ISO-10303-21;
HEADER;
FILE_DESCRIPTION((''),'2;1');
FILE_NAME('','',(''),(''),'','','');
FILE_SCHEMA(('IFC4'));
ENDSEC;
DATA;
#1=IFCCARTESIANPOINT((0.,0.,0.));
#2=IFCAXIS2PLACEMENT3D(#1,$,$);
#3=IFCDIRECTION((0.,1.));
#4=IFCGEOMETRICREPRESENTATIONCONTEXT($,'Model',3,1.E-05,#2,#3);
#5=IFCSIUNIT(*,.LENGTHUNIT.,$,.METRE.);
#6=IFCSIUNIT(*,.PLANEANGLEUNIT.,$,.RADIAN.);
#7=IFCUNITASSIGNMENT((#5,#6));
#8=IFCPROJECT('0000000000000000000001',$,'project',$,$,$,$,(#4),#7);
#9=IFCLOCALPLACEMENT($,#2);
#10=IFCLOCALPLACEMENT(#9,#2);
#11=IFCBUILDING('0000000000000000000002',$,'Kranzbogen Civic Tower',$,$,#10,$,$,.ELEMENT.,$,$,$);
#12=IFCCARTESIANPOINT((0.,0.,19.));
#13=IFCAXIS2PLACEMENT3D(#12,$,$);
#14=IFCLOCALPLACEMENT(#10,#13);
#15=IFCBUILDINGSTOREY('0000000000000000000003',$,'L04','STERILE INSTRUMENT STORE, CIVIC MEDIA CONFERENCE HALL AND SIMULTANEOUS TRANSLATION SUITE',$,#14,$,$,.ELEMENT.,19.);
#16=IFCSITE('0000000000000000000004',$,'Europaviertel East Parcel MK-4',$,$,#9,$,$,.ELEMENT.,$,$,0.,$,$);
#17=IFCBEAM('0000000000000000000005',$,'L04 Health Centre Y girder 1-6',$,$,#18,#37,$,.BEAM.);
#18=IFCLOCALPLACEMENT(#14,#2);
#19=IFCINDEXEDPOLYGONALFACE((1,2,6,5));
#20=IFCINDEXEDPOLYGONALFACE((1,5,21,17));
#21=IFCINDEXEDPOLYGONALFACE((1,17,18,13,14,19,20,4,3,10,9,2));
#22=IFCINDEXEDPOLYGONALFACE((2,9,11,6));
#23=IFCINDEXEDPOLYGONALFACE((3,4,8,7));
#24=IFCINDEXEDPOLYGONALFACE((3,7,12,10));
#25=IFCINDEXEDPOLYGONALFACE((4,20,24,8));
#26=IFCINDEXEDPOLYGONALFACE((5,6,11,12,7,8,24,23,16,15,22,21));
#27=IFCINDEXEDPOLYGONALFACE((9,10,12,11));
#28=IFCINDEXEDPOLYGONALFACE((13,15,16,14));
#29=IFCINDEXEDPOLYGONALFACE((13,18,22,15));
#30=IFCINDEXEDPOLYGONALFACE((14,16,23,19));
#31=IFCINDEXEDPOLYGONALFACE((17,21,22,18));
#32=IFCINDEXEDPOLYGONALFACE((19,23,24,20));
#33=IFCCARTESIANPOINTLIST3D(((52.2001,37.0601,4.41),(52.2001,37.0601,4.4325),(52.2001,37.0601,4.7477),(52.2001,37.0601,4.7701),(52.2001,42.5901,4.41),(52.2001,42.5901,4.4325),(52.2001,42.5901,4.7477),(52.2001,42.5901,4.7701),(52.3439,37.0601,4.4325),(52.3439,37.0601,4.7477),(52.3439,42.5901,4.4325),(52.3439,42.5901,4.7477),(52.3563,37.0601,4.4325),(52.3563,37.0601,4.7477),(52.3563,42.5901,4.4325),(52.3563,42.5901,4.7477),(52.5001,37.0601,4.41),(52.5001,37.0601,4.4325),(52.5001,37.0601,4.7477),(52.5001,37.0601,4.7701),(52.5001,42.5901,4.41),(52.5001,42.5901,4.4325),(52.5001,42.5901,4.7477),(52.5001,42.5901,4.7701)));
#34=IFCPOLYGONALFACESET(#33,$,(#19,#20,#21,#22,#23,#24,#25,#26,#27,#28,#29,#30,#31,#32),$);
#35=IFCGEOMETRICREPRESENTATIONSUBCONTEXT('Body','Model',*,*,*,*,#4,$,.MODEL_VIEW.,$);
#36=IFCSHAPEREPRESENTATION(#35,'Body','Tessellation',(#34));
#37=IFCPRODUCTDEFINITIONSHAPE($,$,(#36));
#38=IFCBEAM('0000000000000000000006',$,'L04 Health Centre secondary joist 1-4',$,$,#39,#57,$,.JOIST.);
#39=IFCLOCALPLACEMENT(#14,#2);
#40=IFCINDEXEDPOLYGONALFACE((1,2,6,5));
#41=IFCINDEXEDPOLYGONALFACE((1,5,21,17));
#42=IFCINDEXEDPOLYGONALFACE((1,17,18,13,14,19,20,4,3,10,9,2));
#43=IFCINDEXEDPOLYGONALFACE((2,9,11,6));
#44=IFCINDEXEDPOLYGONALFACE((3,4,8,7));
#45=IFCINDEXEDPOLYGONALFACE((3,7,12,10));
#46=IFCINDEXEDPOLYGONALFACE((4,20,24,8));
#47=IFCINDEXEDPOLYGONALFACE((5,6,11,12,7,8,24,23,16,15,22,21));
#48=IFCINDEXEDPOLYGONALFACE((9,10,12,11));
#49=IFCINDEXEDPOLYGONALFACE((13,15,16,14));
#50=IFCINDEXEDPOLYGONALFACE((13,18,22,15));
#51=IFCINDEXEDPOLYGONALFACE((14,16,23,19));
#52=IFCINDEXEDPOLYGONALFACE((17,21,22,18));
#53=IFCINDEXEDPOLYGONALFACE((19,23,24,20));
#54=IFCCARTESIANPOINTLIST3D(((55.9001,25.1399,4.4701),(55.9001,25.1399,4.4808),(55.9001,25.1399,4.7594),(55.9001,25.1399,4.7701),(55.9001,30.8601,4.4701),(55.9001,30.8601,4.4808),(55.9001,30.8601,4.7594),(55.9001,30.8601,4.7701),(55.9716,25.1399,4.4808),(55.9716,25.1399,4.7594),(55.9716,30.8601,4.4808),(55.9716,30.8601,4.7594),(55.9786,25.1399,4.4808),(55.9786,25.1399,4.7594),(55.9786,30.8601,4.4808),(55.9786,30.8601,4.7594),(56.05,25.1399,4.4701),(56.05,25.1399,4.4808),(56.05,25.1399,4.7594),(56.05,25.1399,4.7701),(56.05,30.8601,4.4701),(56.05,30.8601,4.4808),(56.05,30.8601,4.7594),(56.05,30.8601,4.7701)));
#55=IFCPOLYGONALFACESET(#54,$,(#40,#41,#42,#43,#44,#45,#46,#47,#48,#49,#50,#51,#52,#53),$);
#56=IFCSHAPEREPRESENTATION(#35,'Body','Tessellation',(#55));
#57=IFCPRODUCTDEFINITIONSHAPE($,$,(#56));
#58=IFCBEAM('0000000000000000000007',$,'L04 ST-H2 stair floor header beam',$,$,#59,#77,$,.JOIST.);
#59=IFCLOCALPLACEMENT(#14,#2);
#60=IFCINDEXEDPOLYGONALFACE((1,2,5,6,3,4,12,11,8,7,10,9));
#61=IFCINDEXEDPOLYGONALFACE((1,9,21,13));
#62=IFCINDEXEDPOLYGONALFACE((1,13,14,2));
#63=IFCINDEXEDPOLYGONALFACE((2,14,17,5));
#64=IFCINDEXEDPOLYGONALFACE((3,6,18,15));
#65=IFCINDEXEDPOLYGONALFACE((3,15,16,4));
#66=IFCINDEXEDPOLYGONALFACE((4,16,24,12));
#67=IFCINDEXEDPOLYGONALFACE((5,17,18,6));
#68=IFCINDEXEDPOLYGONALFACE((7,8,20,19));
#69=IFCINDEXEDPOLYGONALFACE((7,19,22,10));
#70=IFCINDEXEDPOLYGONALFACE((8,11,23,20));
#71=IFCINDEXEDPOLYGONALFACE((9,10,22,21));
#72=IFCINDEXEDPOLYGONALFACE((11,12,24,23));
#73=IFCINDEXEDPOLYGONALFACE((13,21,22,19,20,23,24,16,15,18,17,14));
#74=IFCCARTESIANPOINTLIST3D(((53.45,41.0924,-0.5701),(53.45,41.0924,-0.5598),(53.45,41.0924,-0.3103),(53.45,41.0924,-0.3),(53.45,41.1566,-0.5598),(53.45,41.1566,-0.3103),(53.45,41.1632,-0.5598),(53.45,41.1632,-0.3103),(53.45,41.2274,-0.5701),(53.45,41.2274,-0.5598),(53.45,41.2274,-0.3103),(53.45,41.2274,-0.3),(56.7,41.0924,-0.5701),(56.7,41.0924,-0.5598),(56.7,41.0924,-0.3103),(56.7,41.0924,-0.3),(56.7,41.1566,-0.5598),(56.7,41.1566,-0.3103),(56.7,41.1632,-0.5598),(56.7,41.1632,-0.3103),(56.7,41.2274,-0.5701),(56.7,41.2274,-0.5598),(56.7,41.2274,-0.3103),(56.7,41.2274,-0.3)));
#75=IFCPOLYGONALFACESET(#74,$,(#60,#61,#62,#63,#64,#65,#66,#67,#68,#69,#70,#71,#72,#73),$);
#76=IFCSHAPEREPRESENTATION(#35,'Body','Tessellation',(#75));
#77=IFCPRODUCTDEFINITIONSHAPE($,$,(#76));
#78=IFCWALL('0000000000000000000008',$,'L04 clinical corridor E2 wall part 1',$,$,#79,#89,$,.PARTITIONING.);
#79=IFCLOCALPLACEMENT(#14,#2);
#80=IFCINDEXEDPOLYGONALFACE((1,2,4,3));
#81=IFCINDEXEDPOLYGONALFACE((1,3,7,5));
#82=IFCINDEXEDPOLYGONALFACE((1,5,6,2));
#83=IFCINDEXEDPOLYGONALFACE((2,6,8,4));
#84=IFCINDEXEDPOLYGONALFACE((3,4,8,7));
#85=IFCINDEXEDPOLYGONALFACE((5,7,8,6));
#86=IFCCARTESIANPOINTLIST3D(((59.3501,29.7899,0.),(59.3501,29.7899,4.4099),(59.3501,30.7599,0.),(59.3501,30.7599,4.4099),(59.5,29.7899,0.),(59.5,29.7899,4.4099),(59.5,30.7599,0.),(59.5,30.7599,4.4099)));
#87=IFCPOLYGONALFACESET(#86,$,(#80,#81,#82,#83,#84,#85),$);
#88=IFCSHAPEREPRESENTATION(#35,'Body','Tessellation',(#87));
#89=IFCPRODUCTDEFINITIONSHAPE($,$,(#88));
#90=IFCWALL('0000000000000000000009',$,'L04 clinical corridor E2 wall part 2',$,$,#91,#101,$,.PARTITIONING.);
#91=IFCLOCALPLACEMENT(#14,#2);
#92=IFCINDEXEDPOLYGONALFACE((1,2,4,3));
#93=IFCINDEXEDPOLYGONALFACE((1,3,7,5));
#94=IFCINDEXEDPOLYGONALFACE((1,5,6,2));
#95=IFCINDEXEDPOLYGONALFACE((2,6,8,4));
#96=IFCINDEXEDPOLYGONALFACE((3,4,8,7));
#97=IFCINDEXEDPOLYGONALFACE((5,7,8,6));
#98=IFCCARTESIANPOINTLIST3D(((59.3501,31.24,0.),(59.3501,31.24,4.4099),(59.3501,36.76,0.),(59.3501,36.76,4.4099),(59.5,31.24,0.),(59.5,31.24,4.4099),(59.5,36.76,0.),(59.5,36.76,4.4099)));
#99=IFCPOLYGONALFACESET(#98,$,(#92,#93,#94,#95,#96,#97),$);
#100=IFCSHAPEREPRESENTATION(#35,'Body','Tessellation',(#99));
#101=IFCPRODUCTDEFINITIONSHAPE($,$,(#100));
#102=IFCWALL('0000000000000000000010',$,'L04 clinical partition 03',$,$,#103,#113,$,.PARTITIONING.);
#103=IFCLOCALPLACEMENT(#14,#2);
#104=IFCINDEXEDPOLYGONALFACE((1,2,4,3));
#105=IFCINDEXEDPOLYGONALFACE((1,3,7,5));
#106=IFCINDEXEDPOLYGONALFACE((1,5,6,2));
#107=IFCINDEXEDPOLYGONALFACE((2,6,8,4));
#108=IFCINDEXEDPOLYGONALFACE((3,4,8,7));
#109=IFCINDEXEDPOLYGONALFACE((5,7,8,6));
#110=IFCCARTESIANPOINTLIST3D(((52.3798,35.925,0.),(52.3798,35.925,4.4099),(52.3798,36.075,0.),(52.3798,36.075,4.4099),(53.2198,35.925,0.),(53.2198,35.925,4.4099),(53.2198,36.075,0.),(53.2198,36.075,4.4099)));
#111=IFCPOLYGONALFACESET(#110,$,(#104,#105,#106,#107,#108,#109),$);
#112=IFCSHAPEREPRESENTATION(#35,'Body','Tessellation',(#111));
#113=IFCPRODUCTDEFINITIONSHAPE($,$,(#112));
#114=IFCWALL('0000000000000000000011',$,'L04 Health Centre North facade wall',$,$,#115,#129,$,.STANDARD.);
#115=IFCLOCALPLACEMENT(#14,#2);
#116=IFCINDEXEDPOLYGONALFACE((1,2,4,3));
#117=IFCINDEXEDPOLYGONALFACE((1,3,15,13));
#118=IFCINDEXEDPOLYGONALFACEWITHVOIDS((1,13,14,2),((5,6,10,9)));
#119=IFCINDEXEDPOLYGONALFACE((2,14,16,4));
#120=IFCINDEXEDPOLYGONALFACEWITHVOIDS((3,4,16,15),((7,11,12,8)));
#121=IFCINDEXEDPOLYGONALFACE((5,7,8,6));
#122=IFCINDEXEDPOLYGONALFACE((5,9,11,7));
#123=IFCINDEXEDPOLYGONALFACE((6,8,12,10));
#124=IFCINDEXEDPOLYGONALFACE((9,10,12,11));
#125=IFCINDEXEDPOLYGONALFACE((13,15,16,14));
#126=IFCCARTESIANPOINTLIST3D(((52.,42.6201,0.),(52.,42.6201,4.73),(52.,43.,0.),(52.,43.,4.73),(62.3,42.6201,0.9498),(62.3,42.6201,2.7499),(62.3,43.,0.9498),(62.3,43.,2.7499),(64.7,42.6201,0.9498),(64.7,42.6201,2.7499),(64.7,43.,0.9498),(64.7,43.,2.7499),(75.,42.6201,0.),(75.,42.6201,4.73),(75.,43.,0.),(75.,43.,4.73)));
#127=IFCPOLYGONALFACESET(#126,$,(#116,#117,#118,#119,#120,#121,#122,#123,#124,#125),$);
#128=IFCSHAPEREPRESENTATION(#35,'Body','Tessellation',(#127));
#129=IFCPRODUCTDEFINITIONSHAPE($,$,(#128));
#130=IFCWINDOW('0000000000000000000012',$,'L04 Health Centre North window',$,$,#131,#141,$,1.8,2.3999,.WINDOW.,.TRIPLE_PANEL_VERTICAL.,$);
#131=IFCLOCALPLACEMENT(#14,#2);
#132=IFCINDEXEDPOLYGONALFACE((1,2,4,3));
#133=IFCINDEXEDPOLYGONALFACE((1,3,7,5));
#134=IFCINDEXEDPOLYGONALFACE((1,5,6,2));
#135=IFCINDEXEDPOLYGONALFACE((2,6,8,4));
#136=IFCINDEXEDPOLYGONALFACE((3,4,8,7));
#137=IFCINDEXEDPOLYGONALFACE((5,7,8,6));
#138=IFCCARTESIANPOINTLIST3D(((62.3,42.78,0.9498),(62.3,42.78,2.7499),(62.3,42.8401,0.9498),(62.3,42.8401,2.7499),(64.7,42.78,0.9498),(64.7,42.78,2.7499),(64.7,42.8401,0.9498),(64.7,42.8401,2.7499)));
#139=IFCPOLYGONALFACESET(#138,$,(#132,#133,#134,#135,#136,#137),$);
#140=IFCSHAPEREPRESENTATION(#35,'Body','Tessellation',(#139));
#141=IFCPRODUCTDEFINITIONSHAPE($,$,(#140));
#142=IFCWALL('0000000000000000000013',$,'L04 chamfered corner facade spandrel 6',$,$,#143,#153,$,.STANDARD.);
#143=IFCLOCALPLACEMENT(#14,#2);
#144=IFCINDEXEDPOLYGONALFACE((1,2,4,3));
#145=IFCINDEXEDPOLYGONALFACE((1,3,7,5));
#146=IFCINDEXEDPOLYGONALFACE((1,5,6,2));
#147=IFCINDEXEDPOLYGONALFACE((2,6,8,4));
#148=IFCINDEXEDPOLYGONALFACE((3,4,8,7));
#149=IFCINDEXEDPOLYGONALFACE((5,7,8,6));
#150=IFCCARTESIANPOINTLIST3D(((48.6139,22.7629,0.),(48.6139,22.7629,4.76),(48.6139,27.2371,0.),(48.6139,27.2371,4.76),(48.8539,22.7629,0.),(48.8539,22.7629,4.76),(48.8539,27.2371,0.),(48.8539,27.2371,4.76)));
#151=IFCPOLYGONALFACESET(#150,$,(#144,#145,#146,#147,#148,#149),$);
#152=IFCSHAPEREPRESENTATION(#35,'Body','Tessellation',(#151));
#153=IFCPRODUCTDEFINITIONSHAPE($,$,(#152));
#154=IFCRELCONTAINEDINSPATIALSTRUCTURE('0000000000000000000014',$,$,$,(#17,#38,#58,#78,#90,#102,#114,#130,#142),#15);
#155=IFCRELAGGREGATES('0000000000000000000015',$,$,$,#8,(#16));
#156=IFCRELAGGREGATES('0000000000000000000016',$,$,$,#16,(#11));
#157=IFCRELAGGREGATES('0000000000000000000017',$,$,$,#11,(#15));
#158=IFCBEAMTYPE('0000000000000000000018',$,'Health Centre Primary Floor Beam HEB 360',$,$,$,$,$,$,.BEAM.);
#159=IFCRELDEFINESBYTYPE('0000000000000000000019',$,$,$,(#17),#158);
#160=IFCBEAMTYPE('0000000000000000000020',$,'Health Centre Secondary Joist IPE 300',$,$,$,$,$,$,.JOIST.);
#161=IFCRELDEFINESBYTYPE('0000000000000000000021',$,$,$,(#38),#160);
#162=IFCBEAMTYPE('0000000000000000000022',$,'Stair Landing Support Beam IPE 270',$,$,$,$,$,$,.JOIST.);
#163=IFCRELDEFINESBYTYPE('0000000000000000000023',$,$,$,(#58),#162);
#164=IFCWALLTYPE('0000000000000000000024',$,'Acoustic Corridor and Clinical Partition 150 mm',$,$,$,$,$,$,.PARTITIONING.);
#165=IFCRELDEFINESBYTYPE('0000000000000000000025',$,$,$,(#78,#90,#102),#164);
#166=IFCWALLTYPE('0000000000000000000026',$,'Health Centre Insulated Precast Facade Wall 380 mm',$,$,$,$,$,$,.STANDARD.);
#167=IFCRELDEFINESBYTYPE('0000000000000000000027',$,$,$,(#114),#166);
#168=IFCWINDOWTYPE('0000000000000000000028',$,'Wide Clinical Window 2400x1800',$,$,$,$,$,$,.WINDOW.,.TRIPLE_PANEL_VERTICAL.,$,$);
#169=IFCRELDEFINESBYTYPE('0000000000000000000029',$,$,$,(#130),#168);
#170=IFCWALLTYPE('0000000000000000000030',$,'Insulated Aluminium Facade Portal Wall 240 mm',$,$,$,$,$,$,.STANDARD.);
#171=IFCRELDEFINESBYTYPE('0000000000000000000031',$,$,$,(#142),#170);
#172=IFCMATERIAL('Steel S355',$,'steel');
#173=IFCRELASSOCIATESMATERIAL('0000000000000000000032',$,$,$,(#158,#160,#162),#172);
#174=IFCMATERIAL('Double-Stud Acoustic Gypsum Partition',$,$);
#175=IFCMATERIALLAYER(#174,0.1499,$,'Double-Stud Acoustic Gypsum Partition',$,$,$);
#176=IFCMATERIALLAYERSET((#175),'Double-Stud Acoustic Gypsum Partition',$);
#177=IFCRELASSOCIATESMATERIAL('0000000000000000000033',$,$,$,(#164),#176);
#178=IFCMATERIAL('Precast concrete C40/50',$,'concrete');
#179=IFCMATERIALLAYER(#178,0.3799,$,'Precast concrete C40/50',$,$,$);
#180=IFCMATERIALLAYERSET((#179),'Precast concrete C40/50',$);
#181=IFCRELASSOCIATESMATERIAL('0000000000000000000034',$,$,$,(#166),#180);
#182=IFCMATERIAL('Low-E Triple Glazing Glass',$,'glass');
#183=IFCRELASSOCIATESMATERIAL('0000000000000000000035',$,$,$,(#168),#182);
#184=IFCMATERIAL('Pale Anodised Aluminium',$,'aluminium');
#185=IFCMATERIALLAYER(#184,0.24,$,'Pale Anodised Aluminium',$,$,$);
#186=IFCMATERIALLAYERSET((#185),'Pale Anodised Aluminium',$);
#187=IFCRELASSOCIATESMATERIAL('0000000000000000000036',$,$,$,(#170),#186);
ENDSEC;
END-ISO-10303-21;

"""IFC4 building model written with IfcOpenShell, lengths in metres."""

from ifc_helpers import new_model, si_unit, direction, frame, frame_2d, origin, origin_2d, place, context, subcontext, project, spatial, rectangle, i_section, extrude, material, layer, layer_set, material_profile, profile_set, type_object, element, fill, save


model = new_model("IFC4")

# Units and contexts
model_context = context("Model", 3, precision=1e-05, world=origin(), true_north=direction((0.0, 1.0)))
body_context = subcontext(model_context, "Body", "Model", "MODEL_VIEW")
ifc_project = project(units=[si_unit("LENGTHUNIT", "METRE"), si_unit("PLANEANGLEUNIT", "RADIAN")], contexts=[model_context])

# Site, building, storey
site_placement = place(None, origin())
site = spatial("IfcSite", under=ifc_project, at=site_placement, Name="Europaviertel East Parcel MK-4", CompositionType="ELEMENT", RefElevation=0.0)
building_placement = place(site_placement, origin())
building = spatial("IfcBuilding", under=site, at=building_placement, Name="Kranzbogen Civic Tower", CompositionType="ELEMENT")
storey_placement = place(building_placement, frame((0.0, 0.0, 19.0)))
storey = spatial("IfcBuildingStorey", under=building, at=storey_placement, Name="L04", Description="STERILE INSTRUMENT STORE, CIVIC MEDIA CONFERENCE HALL AND SIMULTANEOUS TRANSLATION SUITE", CompositionType="ELEMENT", Elevation=19.0)

# Shared definitions
ifc_material_1 = material(Name="Pale Anodised Aluminium", Category="aluminium")

# Beams
ifc_material_2 = material(Name="Steel S355", Category="steel")
ifc_material_profile_1 = material_profile(ifc_material_2, i_section(OverallWidth=0.3, OverallDepth=0.3601, WebThickness=0.0125, FlangeThickness=0.0225, at=origin_2d()), Name="HEB 360")
ifc_profile_set_1 = profile_set([ifc_material_profile_1], Name="Steel S355")
beam_type_1 = type_object("IfcBeamType", Name="Health Centre Primary Floor Beam HEB 360", PredefinedType="BEAM", material=ifc_profile_set_1)
beam_1_placement = place(storey_placement, frame((52.3501, 37.0601, 4.5901), z_axis=(0.0, 1.0, 0.0), x_axis=(-1.0, 0.0, 0.0)))
element("IfcBeam", 1, at=beam_1_placement, inside=storey, type_object=beam_type_1, Name="L04 Health Centre Y girder 1-6", PredefinedType="BEAM", context=body_context, shape_type="SweptSolid", body=[
    extrude(i_section(OverallWidth=0.3, OverallDepth=0.3601, WebThickness=0.0125, FlangeThickness=0.0225, at=origin_2d()), origin(), (0.0, 0.0, 1.0), 5.53),
])
ifc_material_profile_2 = material_profile(ifc_material_2, i_section(OverallWidth=0.1499, OverallDepth=0.3, WebThickness=0.0071, FlangeThickness=0.0107, at=origin_2d()), Name="IPE 300")
ifc_profile_set_2 = profile_set([ifc_material_profile_2], Name="Steel S355")
beam_type_2 = type_object("IfcBeamType", Name="Health Centre Secondary Joist IPE 300", PredefinedType="JOIST", material=ifc_profile_set_2)
beam_2_placement = place(storey_placement, frame((55.9751, 25.1399, 4.6201), z_axis=(0.0, 1.0, 0.0), x_axis=(-1.0, 0.0, 0.0)))
element("IfcBeam", 2, at=beam_2_placement, inside=storey, type_object=beam_type_2, Name="L04 Health Centre secondary joist 1-4", PredefinedType="JOIST", context=body_context, shape_type="SweptSolid", body=[
    extrude(i_section(OverallWidth=0.1499, OverallDepth=0.3, WebThickness=0.0071, FlangeThickness=0.0107, at=origin_2d()), origin(), (0.0, 0.0, 1.0), 5.7202),
])
ifc_material_profile_3 = material_profile(ifc_material_2, i_section(OverallWidth=0.135, OverallDepth=0.27, WebThickness=0.0066, FlangeThickness=0.0103, at=origin_2d()), Name="IPE 270")
ifc_profile_set_3 = profile_set([ifc_material_profile_3], Name="Steel S355")
beam_type_3 = type_object("IfcBeamType", Name="Stair Landing Support Beam IPE 270", PredefinedType="JOIST", material=ifc_profile_set_3)
beam_3_placement = place(storey_placement, frame((53.45, 41.1599, -0.4351), z_axis=(1.0, 0.0, 0.0), x_axis=(0.0, 1.0, 0.0)))
element("IfcBeam", 3, at=beam_3_placement, inside=storey, type_object=beam_type_3, Name="L04 ST-H2 stair floor header beam", PredefinedType="JOIST", context=body_context, shape_type="SweptSolid", body=[
    extrude(i_section(OverallWidth=0.135, OverallDepth=0.27, WebThickness=0.0066, FlangeThickness=0.0103, at=origin_2d()), origin(), (0.0, 0.0, 1.0), 3.25),
])

# Walls
ifc_material_3 = material(Name="Double-Stud Acoustic Gypsum Partition")
ifc_layer_1 = layer(ifc_material_3, 0.1499, Name="Double-Stud Acoustic Gypsum Partition")
ifc_layer_set_1 = layer_set([ifc_layer_1], Name="Double-Stud Acoustic Gypsum Partition")
wall_type_1 = type_object("IfcWallType", Name="Acoustic Corridor and Clinical Partition 150 mm", PredefinedType="PARTITIONING", material=ifc_layer_set_1)
wall_1_placement = place(storey_placement, frame((59.425, 29.79, 0.0), z_axis=(0.0, 0.0, 1.0), x_axis=(0.0, 1.0, 0.0)))
element("IfcWall", 4, at=wall_1_placement, inside=storey, type_object=wall_type_1, Name="L04 clinical corridor E2 wall part 1", PredefinedType="PARTITIONING", context=body_context, shape_type="SweptSolid", body=[
    extrude(rectangle(XDim=0.97, YDim=0.1499, at=frame_2d((0.4849, 0.0))), origin(), (0.0, 0.0, 1.0), 4.4099),
])
wall_2_placement = place(storey_placement, frame((59.425, 31.24, 0.0), z_axis=(0.0, 0.0, 1.0), x_axis=(0.0, 1.0, 0.0)))
element("IfcWall", 5, at=wall_2_placement, inside=storey, type_object=wall_type_1, Name="L04 clinical corridor E2 wall part 2", PredefinedType="PARTITIONING", context=body_context, shape_type="SweptSolid", body=[
    extrude(rectangle(XDim=5.52, YDim=0.1499, at=frame_2d((2.76, 0.0))), origin(), (0.0, 0.0, 1.0), 4.4099),
])
wall_3_placement = place(storey_placement, frame((52.3799, 36.0, 0.0), z_axis=(0.0, 0.0, 1.0), x_axis=(1.0, 0.0, 0.0)))
element("IfcWall", 6, at=wall_3_placement, inside=storey, type_object=wall_type_1, Name="L04 clinical partition 03", PredefinedType="PARTITIONING", context=body_context, shape_type="SweptSolid", body=[
    extrude(rectangle(XDim=0.8401, YDim=0.1499, at=frame_2d((0.4199, 0.0))), origin(), (0.0, 0.0, 1.0), 4.4099),
])

# Wall, opening, window
ifc_material_4 = material(Name="Precast concrete C40/50", Category="concrete")
ifc_layer_2 = layer(ifc_material_4, 0.3799, Name="Precast concrete C40/50")
ifc_layer_set_2 = layer_set([ifc_layer_2], Name="Precast concrete C40/50")
wall_type_2 = type_object("IfcWallType", Name="Health Centre Insulated Precast Facade Wall 380 mm", PredefinedType="STANDARD", material=ifc_layer_set_2)
wall_4_placement = place(storey_placement, frame((52.0, 42.8101, 0.0), z_axis=(0.0, 0.0, 1.0), x_axis=(1.0, 0.0, 0.0)))
wall_4 = element("IfcWall", 7, at=wall_4_placement, inside=storey, type_object=wall_type_2, Name="L04 Health Centre North facade wall", PredefinedType="STANDARD", context=body_context, shape_type="SweptSolid", body=[
    extrude(rectangle(XDim=23.0, YDim=0.3799, at=frame_2d((11.5, 0.0))), origin(), (0.0, 0.0, 1.0), 4.73),
])
opening_1_placement = place(wall_4_placement, frame((10.3, 0.0, 0.95)))
opening_1 = element("IfcOpeningElement", 8, at=opening_1_placement, cuts=wall_4, PredefinedType="OPENING", context=body_context, shape_type="SweptSolid", body=[
    extrude(rectangle(XDim=2.3999, YDim=1.8, at=frame_2d((1.2, 0.8999))), frame((0.0, 0.2, 0.0), z_axis=(0.0, -1.0, 0.0), x_axis=(1.0, 0.0, 0.0)), (0.0, 0.0, 1.0), 0.3999),
])
ifc_material_5 = material(Name="Low-E Triple Glazing Glass", Category="glass")
window_type = type_object("IfcWindowType", Name="Wide Clinical Window 2400x1800", PartitioningType="TRIPLE_PANEL_VERTICAL", PredefinedType="WINDOW", material=ifc_material_5)
window_placement = place(opening_1_placement, origin())
window = element("IfcWindow", 9, at=window_placement, inside=storey, type_object=window_type, Name="L04 Health Centre North window", OverallHeight=1.8, OverallWidth=2.3999, PartitioningType="TRIPLE_PANEL_VERTICAL", PredefinedType="WINDOW", context=body_context, shape_type="SweptSolid", body=[
    extrude(rectangle(XDim=2.3999, YDim=1.8, at=frame_2d((1.2, 0.8999))), frame((0.0, 0.03, 0.0), z_axis=(0.0, -1.0, 0.0), x_axis=(1.0, 0.0, 0.0)), (0.0, 0.0, 1.0), 0.0601),
])
fill(opening_1, window)

# Wall
ifc_layer_3 = layer(ifc_material_1, 0.24, Name="Pale Anodised Aluminium")
ifc_layer_set_3 = layer_set([ifc_layer_3], Name="Pale Anodised Aluminium")
wall_type_3 = type_object("IfcWallType", Name="Insulated Aluminium Facade Portal Wall 240 mm", PredefinedType="STANDARD", material=ifc_layer_set_3)
wall_5_placement = place(storey_placement, frame((48.7339, 22.7629, 0.0), z_axis=(0.0, 0.0, 1.0), x_axis=(0.0, 1.0, 0.0)))
element("IfcWall", 10, at=wall_5_placement, inside=storey, type_object=wall_type_3, Name="L04 chamfered corner facade spandrel 6", PredefinedType="STANDARD", context=body_context, shape_type="SweptSolid", body=[
    extrude(rectangle(XDim=4.4741, YDim=0.24, at=frame_2d((2.2371, 0.0))), origin(), (0.0, 0.0, 1.0), 4.76),
])

save(model, "model.ifc")
